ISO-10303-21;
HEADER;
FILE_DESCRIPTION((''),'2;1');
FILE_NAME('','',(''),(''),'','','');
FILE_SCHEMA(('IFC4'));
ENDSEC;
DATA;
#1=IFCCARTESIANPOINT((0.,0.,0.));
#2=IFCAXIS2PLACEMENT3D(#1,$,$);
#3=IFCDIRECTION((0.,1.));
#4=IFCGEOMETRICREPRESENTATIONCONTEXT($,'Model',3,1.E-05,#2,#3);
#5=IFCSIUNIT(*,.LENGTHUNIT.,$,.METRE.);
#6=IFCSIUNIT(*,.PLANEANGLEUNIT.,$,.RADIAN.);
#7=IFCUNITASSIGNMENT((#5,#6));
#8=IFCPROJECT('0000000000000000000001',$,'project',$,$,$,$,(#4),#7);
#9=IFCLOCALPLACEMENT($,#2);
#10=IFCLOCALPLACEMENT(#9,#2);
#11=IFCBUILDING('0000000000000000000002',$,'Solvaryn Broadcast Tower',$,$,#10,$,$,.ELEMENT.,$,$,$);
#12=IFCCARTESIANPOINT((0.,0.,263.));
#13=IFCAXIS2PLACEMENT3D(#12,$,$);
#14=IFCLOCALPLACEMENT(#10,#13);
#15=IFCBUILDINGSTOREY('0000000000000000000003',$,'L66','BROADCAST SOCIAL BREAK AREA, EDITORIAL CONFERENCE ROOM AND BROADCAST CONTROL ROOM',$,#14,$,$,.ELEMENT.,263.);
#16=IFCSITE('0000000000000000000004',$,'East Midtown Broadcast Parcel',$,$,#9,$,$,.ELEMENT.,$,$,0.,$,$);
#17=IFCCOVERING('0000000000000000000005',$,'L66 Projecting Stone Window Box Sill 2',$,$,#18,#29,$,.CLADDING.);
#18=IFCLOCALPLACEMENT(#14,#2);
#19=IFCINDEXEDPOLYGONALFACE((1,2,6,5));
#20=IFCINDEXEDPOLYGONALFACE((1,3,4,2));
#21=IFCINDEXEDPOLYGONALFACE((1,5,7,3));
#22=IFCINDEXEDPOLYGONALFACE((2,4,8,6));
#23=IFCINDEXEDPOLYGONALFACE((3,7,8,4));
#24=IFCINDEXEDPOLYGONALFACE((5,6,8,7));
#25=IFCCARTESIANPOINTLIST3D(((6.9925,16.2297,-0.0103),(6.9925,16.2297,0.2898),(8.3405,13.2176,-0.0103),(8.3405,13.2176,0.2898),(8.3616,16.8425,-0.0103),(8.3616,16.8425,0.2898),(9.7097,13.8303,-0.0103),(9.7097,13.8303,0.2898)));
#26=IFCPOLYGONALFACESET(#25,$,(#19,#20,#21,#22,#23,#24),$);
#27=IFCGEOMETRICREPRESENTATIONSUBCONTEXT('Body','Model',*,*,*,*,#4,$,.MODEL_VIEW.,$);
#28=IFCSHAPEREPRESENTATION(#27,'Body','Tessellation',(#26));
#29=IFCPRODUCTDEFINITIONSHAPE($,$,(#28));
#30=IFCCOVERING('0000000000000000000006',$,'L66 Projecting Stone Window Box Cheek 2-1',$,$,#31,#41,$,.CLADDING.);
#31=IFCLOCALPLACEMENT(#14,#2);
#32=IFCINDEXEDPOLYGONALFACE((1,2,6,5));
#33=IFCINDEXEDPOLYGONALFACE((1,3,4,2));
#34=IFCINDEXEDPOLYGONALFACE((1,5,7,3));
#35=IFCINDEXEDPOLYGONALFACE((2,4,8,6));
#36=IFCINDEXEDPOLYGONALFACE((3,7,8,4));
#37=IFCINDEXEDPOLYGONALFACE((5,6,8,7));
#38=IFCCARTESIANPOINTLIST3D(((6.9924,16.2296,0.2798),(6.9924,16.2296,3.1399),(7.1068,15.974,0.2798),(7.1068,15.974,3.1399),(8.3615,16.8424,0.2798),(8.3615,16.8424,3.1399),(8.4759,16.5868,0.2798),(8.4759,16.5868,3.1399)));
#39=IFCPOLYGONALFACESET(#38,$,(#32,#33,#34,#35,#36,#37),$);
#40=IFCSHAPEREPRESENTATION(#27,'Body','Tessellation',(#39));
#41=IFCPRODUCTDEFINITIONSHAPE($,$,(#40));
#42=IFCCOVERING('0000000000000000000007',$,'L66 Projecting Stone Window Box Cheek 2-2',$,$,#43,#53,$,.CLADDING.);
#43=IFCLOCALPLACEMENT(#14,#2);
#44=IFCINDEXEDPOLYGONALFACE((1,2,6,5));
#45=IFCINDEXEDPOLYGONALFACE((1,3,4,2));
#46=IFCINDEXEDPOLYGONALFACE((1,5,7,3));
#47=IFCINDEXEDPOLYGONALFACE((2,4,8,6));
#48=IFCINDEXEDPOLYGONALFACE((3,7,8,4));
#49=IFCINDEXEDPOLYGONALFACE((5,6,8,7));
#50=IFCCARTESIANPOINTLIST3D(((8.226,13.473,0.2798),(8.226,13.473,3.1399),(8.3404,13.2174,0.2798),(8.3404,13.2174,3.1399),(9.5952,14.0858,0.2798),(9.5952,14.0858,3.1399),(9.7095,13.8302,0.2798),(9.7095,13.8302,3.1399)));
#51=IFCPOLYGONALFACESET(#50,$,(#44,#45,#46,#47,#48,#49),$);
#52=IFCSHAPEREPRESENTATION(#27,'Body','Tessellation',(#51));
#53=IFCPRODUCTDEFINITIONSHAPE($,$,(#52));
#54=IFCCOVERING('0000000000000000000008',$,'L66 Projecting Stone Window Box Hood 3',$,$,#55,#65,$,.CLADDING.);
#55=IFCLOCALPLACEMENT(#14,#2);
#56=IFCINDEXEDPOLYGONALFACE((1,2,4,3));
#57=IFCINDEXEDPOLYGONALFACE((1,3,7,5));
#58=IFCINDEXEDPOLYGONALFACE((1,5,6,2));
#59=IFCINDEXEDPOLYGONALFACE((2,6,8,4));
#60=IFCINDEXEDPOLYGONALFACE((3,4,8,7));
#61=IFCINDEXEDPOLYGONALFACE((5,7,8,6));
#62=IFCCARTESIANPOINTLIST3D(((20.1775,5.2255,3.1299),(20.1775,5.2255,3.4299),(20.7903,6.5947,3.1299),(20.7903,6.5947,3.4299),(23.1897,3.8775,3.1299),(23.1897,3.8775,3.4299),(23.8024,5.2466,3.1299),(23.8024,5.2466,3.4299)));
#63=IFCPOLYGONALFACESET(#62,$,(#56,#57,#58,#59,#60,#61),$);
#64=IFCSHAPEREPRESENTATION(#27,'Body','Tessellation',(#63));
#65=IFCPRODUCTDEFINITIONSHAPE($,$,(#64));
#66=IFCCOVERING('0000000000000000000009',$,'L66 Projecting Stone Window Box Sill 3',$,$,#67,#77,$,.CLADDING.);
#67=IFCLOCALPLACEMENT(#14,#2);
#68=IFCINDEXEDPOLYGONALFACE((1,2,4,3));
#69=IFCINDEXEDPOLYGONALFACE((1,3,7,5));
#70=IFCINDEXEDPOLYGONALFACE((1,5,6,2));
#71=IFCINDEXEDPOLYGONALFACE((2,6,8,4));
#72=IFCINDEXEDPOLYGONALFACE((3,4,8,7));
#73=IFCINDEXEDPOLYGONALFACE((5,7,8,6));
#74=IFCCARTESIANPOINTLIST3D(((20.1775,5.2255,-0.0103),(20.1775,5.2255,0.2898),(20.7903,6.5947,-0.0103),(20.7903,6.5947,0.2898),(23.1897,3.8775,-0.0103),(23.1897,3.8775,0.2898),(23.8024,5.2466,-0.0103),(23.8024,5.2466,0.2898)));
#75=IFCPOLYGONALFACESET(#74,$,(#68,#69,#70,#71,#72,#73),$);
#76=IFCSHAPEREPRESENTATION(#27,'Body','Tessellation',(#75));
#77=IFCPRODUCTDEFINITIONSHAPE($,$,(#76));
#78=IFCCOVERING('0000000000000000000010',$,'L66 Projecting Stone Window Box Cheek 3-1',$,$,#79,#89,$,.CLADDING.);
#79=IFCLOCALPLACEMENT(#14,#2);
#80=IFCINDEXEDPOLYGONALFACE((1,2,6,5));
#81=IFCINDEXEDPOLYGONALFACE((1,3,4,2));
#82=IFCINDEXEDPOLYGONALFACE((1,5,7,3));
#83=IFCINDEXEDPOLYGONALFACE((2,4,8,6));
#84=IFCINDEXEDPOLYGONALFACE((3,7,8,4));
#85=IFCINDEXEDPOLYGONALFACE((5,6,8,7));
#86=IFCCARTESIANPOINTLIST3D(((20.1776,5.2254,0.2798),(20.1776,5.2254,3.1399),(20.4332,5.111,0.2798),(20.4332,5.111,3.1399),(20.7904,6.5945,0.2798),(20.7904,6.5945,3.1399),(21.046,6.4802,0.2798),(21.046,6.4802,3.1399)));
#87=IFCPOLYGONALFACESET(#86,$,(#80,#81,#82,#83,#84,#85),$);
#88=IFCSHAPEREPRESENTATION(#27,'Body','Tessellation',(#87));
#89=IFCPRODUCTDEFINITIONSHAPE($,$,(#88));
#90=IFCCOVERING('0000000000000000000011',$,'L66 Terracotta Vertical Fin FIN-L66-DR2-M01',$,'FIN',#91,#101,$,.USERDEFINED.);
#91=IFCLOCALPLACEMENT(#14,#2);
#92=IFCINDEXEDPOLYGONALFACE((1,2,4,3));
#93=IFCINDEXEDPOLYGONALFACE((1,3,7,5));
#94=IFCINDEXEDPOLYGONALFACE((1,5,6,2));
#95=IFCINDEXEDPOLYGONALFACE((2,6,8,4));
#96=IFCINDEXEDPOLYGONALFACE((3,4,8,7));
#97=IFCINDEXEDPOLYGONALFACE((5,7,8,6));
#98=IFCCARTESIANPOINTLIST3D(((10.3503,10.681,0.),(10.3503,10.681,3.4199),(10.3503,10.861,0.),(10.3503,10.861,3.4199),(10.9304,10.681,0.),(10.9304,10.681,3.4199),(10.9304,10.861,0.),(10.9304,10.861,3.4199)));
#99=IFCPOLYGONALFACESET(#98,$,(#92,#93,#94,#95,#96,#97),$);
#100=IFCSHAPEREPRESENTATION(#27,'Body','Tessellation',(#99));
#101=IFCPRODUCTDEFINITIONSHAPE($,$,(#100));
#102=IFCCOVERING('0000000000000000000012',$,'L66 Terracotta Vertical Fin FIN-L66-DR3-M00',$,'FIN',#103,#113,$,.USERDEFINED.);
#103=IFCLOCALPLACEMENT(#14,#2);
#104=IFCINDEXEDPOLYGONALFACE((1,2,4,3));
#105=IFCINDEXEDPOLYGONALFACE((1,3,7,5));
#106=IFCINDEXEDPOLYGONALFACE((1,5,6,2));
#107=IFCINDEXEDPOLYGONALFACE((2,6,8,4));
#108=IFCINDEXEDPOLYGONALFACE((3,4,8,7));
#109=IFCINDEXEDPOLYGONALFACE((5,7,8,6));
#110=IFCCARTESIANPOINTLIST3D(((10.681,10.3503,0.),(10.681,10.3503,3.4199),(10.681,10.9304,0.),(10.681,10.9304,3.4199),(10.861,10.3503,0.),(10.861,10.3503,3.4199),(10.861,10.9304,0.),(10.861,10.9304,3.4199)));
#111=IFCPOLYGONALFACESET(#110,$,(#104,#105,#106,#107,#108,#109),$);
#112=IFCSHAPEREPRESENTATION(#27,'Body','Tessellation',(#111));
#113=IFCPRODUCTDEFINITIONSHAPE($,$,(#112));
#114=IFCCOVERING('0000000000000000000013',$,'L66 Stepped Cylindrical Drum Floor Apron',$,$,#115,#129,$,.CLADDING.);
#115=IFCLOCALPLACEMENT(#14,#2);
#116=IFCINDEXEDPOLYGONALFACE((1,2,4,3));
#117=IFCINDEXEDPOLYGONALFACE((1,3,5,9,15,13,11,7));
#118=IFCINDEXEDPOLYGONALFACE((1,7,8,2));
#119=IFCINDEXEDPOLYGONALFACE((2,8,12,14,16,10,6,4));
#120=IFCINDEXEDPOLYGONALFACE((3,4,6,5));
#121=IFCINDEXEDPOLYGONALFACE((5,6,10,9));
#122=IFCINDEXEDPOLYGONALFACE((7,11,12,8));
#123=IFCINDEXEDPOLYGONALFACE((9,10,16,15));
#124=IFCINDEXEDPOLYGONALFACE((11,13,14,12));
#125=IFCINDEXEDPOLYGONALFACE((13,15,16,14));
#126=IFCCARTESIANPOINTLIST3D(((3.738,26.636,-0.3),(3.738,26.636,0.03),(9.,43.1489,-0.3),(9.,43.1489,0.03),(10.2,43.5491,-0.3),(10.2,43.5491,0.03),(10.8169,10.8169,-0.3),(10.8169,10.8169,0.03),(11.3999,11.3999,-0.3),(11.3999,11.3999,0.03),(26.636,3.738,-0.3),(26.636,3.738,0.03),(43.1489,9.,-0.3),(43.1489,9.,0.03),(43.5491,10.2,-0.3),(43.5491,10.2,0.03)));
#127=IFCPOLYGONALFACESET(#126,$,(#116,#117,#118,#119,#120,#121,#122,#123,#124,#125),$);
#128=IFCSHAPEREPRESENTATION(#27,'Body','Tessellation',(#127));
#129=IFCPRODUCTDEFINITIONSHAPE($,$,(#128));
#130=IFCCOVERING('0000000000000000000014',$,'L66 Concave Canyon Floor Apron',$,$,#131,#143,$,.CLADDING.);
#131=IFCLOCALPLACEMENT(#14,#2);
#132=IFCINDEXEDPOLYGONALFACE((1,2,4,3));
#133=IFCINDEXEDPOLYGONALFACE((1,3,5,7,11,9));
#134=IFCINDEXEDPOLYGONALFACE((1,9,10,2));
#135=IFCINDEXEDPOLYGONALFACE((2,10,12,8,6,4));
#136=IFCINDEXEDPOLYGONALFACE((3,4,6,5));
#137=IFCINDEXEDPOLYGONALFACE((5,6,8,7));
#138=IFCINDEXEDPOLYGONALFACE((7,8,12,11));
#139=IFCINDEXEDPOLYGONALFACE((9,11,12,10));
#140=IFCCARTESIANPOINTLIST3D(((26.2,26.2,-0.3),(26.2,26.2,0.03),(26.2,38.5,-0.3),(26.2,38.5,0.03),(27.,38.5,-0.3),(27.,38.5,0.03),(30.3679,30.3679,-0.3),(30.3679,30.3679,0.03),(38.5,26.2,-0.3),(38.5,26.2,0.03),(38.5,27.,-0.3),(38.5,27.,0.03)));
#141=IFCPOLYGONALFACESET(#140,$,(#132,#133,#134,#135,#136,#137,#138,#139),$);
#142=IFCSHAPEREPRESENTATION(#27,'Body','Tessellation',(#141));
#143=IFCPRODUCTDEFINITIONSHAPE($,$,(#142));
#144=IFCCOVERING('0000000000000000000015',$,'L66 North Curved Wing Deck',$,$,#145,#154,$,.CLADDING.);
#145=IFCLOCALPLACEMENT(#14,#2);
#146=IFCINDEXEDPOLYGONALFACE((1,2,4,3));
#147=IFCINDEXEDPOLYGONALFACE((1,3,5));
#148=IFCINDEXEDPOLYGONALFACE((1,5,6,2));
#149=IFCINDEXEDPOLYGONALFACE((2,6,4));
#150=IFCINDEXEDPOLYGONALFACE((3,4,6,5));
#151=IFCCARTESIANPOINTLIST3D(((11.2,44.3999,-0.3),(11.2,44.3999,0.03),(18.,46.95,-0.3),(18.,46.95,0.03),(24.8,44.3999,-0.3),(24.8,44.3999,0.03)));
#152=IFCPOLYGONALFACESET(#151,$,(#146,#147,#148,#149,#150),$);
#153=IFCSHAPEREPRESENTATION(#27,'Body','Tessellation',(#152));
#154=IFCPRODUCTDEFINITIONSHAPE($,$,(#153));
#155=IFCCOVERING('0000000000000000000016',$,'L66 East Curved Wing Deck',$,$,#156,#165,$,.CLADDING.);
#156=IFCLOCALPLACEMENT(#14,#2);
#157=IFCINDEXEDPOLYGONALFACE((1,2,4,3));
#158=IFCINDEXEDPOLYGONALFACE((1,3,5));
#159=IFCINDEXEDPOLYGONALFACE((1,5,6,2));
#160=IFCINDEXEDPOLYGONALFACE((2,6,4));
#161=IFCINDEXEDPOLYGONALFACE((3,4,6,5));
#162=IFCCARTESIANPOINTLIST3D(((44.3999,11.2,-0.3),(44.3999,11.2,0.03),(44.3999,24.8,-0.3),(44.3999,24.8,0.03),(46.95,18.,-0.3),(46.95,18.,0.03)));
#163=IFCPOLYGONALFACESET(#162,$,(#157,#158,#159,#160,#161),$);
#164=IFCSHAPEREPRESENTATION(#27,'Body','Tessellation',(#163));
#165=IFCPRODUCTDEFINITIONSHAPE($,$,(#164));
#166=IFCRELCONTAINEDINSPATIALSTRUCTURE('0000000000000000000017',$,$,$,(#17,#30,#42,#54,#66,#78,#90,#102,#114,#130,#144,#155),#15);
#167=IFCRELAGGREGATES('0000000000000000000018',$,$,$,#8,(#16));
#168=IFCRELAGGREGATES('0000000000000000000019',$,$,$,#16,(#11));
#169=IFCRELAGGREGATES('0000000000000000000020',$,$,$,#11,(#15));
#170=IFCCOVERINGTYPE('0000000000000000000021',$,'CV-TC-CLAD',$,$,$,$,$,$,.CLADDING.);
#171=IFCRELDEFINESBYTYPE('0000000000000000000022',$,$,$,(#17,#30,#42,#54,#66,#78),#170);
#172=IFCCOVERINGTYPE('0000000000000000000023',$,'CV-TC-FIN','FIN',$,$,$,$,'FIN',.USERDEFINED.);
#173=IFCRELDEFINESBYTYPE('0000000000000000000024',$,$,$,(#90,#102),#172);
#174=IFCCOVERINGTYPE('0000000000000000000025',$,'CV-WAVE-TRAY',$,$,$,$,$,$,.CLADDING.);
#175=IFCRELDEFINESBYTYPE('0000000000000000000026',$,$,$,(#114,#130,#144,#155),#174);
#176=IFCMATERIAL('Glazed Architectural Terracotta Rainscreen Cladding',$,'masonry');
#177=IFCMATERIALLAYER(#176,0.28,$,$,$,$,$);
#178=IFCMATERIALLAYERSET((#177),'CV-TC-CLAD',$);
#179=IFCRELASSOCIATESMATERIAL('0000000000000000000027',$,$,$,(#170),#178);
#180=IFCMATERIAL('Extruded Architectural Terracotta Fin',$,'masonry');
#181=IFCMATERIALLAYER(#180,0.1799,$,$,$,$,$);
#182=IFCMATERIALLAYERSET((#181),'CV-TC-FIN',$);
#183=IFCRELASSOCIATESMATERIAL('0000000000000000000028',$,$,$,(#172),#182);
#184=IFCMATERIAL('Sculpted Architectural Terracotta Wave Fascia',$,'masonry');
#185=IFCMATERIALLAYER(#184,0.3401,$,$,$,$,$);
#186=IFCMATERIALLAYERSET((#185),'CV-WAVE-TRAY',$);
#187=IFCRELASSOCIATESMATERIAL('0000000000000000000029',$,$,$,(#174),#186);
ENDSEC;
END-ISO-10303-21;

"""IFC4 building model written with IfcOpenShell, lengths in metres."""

from ifc_helpers import new_model, si_unit, direction, frame, origin, origin_2d, place, context, subcontext, project, spatial, polyline, rectangle, outline, extrude, material, layer, layer_set, type_object, element, save


model = new_model("IFC4")

# Units and contexts
model_context = context("Model", 3, precision=1e-05, world=origin(), true_north=direction((0.0, 1.0)))
body_context = subcontext(model_context, "Body", "Model", "MODEL_VIEW")
ifc_project = project(units=[si_unit("LENGTHUNIT", "METRE"), si_unit("PLANEANGLEUNIT", "RADIAN")], contexts=[model_context])

# Site, building, storey
site_placement = place(None, origin())
site = spatial("IfcSite", under=ifc_project, at=site_placement, Name="East Midtown Broadcast Parcel", CompositionType="ELEMENT", RefElevation=0.0)
building_placement = place(site_placement, origin())
building = spatial("IfcBuilding", under=site, at=building_placement, Name="Solvaryn Broadcast Tower", CompositionType="ELEMENT")
storey_placement = place(building_placement, frame((0.0, 0.0, 263.0)))
storey = spatial("IfcBuildingStorey", under=building, at=storey_placement, Name="L66", Description="BROADCAST SOCIAL BREAK AREA, EDITORIAL CONFERENCE ROOM AND BROADCAST CONTROL ROOM", CompositionType="ELEMENT", Elevation=263.0)

# Coverings
ifc_material_1 = material(Name="Glazed Architectural Terracotta Rainscreen Cladding", Category="masonry")
ifc_layer_1 = layer(ifc_material_1, 0.28)
ifc_layer_set_1 = layer_set([ifc_layer_1], Name="CV-TC-CLAD")
covering_type_1 = type_object("IfcCoveringType", Name="CV-TC-CLAD", PredefinedType="CLADDING", material=ifc_layer_set_1)
for number, where, z_axis, x_axis, name in (
    (1, (8.3511, 15.03, -0.0103), (0.0, 0.0, 1.0), (0.40849, -0.912763, 0.0), "L66 Projecting Stone Window Box Sill 2"),
):
    element("IfcCovering", number, at=place(storey_placement, frame(where, z_axis=z_axis, x_axis=x_axis)), inside=storey, type_object=covering_type_1, Name=name, PredefinedType="CLADDING", context=body_context, shape_type="SweptSolid", body=[
        extrude(rectangle(XDim=3.3, YDim=1.5, at=origin_2d()), origin(), (0.0, 0.0, 1.0), 0.3),
    ])
for number, where, z_axis, x_axis, name in (
    (2, (7.7341, 16.4082, 0.2798), (0.0, 0.0, 1.0), (0.40849, -0.912763, 0.0), "L66 Projecting Stone Window Box Cheek 2-1"),
    (3, (8.9678, 13.6516, 0.2798), (0.0, 0.0, 1.0), (0.40849, -0.912763, 0.0), "L66 Projecting Stone Window Box Cheek 2-2"),
):
    element("IfcCovering", number, at=place(storey_placement, frame(where, z_axis=z_axis, x_axis=x_axis)), inside=storey, type_object=covering_type_1, Name=name, PredefinedType="CLADDING", context=body_context, shape_type="SweptSolid", body=[
        extrude(rectangle(XDim=0.28, YDim=1.5, at=origin_2d()), origin(), (0.0, 0.0, 1.0), 2.8601),
    ])
for number, where, z_axis, x_axis, name in (
    (4, (21.99, 5.2361, 3.1299), (0.0, 0.0, 1.0), (0.912763, -0.40849, 0.0), "L66 Projecting Stone Window Box Hood 3"),
    (5, (21.99, 5.2361, -0.0103), (0.0, 0.0, 1.0), (0.912763, -0.40849, 0.0), "L66 Projecting Stone Window Box Sill 3"),
):
    element("IfcCovering", number, at=place(storey_placement, frame(where, z_axis=z_axis, x_axis=x_axis)), inside=storey, type_object=covering_type_1, Name=name, PredefinedType="CLADDING", context=body_context, shape_type="SweptSolid", body=[
        extrude(rectangle(XDim=3.3, YDim=1.5, at=origin_2d()), origin(), (0.0, 0.0, 1.0), 0.3),
    ])
covering_1_placement = place(storey_placement, frame((20.6118, 5.8528, 0.2798), z_axis=(0.0, 0.0, 1.0), x_axis=(0.912763, -0.40849, 0.0)))
element("IfcCovering", 6, at=covering_1_placement, inside=storey, type_object=covering_type_1, Name="L66 Projecting Stone Window Box Cheek 3-1", PredefinedType="CLADDING", context=body_context, shape_type="SweptSolid", body=[
    extrude(rectangle(XDim=0.28, YDim=1.5, at=origin_2d()), origin(), (0.0, 0.0, 1.0), 2.8601),
])
ifc_material_2 = material(Name="Extruded Architectural Terracotta Fin", Category="masonry")
ifc_layer_2 = layer(ifc_material_2, 0.1799)
ifc_layer_set_2 = layer_set([ifc_layer_2], Name="CV-TC-FIN")
covering_type_2 = type_object("IfcCoveringType", Name="CV-TC-FIN", Description="FIN", ElementType="FIN", PredefinedType="USERDEFINED", material=ifc_layer_set_2)
covering_2_placement = place(storey_placement, frame((10.6404, 10.771, 0.0), z_axis=(0.0, 0.0, 1.0), x_axis=(1.0, 0.0, 0.0)))
element("IfcCovering", 7, at=covering_2_placement, inside=storey, type_object=covering_type_2, Name="L66 Terracotta Vertical Fin FIN-L66-DR2-M01", ObjectType="FIN", PredefinedType="USERDEFINED", context=body_context, shape_type="SweptSolid", body=[
    extrude(rectangle(XDim=0.5801, YDim=0.1799, at=origin_2d()), origin(), (0.0, 0.0, 1.0), 3.4199),
])
covering_3_placement = place(storey_placement, frame((10.771, 10.6404, 0.0), z_axis=(0.0, 0.0, 1.0), x_axis=(1.0, 0.0, 0.0)))
element("IfcCovering", 8, at=covering_3_placement, inside=storey, type_object=covering_type_2, Name="L66 Terracotta Vertical Fin FIN-L66-DR3-M00", ObjectType="FIN", PredefinedType="USERDEFINED", context=body_context, shape_type="SweptSolid", body=[
    extrude(rectangle(XDim=0.1799, YDim=0.5801, at=origin_2d()), origin(), (0.0, 0.0, 1.0), 3.4199),
])
ifc_material_3 = material(Name="Sculpted Architectural Terracotta Wave Fascia", Category="masonry")
ifc_layer_3 = layer(ifc_material_3, 0.3401)
ifc_layer_set_3 = layer_set([ifc_layer_3], Name="CV-WAVE-TRAY")
covering_type_3 = type_object("IfcCoveringType", Name="CV-WAVE-TRAY", PredefinedType="CLADDING", material=ifc_layer_set_3)
covering_4_placement = place(storey_placement, frame((0.0, 0.0, -0.3)))
element("IfcCovering", 9, at=covering_4_placement, inside=storey, type_object=covering_type_3, Name="L66 Stepped Cylindrical Drum Floor Apron", PredefinedType="CLADDING", context=body_context, shape_type="SweptSolid", body=[
    extrude(outline(polyline([(10.2, 43.5491), (9.0, 43.1489), (3.738, 26.636), (10.8169, 10.8169), (26.636, 3.738), (43.1489, 9.0), (43.1489, 9.0), (43.5491, 10.2), (11.3999, 11.3999), (10.2, 43.5491)])), origin(), (0.0, 0.0, 1.0), 0.3301),
])
covering_5_placement = place(storey_placement, frame((0.0, 0.0, -0.3)))
element("IfcCovering", 10, at=covering_5_placement, inside=storey, type_object=covering_type_3, Name="L66 Concave Canyon Floor Apron", PredefinedType="CLADDING", context=body_context, shape_type="SweptSolid", body=[
    extrude(outline(polyline([(26.2, 26.2), (38.5, 26.2), (38.5, 27.0), (30.3679, 30.3679), (27.0, 38.5), (26.2, 38.5), (26.2, 26.2)])), origin(), (0.0, 0.0, 1.0), 0.3301),
])
covering_6_placement = place(storey_placement, frame((0.0, 0.0, -0.3)))
element("IfcCovering", 11, at=covering_6_placement, inside=storey, type_object=covering_type_3, Name="L66 North Curved Wing Deck", PredefinedType="CLADDING", context=body_context, shape_type="SweptSolid", body=[
    extrude(outline(polyline([(11.2, 44.3999), (24.8, 44.3999), (18.0, 46.95), (11.2, 44.3999)])), origin(), (0.0, 0.0, 1.0), 0.3301),
])
covering_7_placement = place(storey_placement, frame((0.0, 0.0, -0.3)))
element("IfcCovering", 12, at=covering_7_placement, inside=storey, type_object=covering_type_3, Name="L66 East Curved Wing Deck", PredefinedType="CLADDING", context=body_context, shape_type="SweptSolid", body=[
    extrude(outline(polyline([(44.3999, 11.2), (46.95, 18.0), (44.3999, 24.8), (44.3999, 11.2)])), origin(), (0.0, 0.0, 1.0), 0.3301),
])

save(model, "model.ifc")
